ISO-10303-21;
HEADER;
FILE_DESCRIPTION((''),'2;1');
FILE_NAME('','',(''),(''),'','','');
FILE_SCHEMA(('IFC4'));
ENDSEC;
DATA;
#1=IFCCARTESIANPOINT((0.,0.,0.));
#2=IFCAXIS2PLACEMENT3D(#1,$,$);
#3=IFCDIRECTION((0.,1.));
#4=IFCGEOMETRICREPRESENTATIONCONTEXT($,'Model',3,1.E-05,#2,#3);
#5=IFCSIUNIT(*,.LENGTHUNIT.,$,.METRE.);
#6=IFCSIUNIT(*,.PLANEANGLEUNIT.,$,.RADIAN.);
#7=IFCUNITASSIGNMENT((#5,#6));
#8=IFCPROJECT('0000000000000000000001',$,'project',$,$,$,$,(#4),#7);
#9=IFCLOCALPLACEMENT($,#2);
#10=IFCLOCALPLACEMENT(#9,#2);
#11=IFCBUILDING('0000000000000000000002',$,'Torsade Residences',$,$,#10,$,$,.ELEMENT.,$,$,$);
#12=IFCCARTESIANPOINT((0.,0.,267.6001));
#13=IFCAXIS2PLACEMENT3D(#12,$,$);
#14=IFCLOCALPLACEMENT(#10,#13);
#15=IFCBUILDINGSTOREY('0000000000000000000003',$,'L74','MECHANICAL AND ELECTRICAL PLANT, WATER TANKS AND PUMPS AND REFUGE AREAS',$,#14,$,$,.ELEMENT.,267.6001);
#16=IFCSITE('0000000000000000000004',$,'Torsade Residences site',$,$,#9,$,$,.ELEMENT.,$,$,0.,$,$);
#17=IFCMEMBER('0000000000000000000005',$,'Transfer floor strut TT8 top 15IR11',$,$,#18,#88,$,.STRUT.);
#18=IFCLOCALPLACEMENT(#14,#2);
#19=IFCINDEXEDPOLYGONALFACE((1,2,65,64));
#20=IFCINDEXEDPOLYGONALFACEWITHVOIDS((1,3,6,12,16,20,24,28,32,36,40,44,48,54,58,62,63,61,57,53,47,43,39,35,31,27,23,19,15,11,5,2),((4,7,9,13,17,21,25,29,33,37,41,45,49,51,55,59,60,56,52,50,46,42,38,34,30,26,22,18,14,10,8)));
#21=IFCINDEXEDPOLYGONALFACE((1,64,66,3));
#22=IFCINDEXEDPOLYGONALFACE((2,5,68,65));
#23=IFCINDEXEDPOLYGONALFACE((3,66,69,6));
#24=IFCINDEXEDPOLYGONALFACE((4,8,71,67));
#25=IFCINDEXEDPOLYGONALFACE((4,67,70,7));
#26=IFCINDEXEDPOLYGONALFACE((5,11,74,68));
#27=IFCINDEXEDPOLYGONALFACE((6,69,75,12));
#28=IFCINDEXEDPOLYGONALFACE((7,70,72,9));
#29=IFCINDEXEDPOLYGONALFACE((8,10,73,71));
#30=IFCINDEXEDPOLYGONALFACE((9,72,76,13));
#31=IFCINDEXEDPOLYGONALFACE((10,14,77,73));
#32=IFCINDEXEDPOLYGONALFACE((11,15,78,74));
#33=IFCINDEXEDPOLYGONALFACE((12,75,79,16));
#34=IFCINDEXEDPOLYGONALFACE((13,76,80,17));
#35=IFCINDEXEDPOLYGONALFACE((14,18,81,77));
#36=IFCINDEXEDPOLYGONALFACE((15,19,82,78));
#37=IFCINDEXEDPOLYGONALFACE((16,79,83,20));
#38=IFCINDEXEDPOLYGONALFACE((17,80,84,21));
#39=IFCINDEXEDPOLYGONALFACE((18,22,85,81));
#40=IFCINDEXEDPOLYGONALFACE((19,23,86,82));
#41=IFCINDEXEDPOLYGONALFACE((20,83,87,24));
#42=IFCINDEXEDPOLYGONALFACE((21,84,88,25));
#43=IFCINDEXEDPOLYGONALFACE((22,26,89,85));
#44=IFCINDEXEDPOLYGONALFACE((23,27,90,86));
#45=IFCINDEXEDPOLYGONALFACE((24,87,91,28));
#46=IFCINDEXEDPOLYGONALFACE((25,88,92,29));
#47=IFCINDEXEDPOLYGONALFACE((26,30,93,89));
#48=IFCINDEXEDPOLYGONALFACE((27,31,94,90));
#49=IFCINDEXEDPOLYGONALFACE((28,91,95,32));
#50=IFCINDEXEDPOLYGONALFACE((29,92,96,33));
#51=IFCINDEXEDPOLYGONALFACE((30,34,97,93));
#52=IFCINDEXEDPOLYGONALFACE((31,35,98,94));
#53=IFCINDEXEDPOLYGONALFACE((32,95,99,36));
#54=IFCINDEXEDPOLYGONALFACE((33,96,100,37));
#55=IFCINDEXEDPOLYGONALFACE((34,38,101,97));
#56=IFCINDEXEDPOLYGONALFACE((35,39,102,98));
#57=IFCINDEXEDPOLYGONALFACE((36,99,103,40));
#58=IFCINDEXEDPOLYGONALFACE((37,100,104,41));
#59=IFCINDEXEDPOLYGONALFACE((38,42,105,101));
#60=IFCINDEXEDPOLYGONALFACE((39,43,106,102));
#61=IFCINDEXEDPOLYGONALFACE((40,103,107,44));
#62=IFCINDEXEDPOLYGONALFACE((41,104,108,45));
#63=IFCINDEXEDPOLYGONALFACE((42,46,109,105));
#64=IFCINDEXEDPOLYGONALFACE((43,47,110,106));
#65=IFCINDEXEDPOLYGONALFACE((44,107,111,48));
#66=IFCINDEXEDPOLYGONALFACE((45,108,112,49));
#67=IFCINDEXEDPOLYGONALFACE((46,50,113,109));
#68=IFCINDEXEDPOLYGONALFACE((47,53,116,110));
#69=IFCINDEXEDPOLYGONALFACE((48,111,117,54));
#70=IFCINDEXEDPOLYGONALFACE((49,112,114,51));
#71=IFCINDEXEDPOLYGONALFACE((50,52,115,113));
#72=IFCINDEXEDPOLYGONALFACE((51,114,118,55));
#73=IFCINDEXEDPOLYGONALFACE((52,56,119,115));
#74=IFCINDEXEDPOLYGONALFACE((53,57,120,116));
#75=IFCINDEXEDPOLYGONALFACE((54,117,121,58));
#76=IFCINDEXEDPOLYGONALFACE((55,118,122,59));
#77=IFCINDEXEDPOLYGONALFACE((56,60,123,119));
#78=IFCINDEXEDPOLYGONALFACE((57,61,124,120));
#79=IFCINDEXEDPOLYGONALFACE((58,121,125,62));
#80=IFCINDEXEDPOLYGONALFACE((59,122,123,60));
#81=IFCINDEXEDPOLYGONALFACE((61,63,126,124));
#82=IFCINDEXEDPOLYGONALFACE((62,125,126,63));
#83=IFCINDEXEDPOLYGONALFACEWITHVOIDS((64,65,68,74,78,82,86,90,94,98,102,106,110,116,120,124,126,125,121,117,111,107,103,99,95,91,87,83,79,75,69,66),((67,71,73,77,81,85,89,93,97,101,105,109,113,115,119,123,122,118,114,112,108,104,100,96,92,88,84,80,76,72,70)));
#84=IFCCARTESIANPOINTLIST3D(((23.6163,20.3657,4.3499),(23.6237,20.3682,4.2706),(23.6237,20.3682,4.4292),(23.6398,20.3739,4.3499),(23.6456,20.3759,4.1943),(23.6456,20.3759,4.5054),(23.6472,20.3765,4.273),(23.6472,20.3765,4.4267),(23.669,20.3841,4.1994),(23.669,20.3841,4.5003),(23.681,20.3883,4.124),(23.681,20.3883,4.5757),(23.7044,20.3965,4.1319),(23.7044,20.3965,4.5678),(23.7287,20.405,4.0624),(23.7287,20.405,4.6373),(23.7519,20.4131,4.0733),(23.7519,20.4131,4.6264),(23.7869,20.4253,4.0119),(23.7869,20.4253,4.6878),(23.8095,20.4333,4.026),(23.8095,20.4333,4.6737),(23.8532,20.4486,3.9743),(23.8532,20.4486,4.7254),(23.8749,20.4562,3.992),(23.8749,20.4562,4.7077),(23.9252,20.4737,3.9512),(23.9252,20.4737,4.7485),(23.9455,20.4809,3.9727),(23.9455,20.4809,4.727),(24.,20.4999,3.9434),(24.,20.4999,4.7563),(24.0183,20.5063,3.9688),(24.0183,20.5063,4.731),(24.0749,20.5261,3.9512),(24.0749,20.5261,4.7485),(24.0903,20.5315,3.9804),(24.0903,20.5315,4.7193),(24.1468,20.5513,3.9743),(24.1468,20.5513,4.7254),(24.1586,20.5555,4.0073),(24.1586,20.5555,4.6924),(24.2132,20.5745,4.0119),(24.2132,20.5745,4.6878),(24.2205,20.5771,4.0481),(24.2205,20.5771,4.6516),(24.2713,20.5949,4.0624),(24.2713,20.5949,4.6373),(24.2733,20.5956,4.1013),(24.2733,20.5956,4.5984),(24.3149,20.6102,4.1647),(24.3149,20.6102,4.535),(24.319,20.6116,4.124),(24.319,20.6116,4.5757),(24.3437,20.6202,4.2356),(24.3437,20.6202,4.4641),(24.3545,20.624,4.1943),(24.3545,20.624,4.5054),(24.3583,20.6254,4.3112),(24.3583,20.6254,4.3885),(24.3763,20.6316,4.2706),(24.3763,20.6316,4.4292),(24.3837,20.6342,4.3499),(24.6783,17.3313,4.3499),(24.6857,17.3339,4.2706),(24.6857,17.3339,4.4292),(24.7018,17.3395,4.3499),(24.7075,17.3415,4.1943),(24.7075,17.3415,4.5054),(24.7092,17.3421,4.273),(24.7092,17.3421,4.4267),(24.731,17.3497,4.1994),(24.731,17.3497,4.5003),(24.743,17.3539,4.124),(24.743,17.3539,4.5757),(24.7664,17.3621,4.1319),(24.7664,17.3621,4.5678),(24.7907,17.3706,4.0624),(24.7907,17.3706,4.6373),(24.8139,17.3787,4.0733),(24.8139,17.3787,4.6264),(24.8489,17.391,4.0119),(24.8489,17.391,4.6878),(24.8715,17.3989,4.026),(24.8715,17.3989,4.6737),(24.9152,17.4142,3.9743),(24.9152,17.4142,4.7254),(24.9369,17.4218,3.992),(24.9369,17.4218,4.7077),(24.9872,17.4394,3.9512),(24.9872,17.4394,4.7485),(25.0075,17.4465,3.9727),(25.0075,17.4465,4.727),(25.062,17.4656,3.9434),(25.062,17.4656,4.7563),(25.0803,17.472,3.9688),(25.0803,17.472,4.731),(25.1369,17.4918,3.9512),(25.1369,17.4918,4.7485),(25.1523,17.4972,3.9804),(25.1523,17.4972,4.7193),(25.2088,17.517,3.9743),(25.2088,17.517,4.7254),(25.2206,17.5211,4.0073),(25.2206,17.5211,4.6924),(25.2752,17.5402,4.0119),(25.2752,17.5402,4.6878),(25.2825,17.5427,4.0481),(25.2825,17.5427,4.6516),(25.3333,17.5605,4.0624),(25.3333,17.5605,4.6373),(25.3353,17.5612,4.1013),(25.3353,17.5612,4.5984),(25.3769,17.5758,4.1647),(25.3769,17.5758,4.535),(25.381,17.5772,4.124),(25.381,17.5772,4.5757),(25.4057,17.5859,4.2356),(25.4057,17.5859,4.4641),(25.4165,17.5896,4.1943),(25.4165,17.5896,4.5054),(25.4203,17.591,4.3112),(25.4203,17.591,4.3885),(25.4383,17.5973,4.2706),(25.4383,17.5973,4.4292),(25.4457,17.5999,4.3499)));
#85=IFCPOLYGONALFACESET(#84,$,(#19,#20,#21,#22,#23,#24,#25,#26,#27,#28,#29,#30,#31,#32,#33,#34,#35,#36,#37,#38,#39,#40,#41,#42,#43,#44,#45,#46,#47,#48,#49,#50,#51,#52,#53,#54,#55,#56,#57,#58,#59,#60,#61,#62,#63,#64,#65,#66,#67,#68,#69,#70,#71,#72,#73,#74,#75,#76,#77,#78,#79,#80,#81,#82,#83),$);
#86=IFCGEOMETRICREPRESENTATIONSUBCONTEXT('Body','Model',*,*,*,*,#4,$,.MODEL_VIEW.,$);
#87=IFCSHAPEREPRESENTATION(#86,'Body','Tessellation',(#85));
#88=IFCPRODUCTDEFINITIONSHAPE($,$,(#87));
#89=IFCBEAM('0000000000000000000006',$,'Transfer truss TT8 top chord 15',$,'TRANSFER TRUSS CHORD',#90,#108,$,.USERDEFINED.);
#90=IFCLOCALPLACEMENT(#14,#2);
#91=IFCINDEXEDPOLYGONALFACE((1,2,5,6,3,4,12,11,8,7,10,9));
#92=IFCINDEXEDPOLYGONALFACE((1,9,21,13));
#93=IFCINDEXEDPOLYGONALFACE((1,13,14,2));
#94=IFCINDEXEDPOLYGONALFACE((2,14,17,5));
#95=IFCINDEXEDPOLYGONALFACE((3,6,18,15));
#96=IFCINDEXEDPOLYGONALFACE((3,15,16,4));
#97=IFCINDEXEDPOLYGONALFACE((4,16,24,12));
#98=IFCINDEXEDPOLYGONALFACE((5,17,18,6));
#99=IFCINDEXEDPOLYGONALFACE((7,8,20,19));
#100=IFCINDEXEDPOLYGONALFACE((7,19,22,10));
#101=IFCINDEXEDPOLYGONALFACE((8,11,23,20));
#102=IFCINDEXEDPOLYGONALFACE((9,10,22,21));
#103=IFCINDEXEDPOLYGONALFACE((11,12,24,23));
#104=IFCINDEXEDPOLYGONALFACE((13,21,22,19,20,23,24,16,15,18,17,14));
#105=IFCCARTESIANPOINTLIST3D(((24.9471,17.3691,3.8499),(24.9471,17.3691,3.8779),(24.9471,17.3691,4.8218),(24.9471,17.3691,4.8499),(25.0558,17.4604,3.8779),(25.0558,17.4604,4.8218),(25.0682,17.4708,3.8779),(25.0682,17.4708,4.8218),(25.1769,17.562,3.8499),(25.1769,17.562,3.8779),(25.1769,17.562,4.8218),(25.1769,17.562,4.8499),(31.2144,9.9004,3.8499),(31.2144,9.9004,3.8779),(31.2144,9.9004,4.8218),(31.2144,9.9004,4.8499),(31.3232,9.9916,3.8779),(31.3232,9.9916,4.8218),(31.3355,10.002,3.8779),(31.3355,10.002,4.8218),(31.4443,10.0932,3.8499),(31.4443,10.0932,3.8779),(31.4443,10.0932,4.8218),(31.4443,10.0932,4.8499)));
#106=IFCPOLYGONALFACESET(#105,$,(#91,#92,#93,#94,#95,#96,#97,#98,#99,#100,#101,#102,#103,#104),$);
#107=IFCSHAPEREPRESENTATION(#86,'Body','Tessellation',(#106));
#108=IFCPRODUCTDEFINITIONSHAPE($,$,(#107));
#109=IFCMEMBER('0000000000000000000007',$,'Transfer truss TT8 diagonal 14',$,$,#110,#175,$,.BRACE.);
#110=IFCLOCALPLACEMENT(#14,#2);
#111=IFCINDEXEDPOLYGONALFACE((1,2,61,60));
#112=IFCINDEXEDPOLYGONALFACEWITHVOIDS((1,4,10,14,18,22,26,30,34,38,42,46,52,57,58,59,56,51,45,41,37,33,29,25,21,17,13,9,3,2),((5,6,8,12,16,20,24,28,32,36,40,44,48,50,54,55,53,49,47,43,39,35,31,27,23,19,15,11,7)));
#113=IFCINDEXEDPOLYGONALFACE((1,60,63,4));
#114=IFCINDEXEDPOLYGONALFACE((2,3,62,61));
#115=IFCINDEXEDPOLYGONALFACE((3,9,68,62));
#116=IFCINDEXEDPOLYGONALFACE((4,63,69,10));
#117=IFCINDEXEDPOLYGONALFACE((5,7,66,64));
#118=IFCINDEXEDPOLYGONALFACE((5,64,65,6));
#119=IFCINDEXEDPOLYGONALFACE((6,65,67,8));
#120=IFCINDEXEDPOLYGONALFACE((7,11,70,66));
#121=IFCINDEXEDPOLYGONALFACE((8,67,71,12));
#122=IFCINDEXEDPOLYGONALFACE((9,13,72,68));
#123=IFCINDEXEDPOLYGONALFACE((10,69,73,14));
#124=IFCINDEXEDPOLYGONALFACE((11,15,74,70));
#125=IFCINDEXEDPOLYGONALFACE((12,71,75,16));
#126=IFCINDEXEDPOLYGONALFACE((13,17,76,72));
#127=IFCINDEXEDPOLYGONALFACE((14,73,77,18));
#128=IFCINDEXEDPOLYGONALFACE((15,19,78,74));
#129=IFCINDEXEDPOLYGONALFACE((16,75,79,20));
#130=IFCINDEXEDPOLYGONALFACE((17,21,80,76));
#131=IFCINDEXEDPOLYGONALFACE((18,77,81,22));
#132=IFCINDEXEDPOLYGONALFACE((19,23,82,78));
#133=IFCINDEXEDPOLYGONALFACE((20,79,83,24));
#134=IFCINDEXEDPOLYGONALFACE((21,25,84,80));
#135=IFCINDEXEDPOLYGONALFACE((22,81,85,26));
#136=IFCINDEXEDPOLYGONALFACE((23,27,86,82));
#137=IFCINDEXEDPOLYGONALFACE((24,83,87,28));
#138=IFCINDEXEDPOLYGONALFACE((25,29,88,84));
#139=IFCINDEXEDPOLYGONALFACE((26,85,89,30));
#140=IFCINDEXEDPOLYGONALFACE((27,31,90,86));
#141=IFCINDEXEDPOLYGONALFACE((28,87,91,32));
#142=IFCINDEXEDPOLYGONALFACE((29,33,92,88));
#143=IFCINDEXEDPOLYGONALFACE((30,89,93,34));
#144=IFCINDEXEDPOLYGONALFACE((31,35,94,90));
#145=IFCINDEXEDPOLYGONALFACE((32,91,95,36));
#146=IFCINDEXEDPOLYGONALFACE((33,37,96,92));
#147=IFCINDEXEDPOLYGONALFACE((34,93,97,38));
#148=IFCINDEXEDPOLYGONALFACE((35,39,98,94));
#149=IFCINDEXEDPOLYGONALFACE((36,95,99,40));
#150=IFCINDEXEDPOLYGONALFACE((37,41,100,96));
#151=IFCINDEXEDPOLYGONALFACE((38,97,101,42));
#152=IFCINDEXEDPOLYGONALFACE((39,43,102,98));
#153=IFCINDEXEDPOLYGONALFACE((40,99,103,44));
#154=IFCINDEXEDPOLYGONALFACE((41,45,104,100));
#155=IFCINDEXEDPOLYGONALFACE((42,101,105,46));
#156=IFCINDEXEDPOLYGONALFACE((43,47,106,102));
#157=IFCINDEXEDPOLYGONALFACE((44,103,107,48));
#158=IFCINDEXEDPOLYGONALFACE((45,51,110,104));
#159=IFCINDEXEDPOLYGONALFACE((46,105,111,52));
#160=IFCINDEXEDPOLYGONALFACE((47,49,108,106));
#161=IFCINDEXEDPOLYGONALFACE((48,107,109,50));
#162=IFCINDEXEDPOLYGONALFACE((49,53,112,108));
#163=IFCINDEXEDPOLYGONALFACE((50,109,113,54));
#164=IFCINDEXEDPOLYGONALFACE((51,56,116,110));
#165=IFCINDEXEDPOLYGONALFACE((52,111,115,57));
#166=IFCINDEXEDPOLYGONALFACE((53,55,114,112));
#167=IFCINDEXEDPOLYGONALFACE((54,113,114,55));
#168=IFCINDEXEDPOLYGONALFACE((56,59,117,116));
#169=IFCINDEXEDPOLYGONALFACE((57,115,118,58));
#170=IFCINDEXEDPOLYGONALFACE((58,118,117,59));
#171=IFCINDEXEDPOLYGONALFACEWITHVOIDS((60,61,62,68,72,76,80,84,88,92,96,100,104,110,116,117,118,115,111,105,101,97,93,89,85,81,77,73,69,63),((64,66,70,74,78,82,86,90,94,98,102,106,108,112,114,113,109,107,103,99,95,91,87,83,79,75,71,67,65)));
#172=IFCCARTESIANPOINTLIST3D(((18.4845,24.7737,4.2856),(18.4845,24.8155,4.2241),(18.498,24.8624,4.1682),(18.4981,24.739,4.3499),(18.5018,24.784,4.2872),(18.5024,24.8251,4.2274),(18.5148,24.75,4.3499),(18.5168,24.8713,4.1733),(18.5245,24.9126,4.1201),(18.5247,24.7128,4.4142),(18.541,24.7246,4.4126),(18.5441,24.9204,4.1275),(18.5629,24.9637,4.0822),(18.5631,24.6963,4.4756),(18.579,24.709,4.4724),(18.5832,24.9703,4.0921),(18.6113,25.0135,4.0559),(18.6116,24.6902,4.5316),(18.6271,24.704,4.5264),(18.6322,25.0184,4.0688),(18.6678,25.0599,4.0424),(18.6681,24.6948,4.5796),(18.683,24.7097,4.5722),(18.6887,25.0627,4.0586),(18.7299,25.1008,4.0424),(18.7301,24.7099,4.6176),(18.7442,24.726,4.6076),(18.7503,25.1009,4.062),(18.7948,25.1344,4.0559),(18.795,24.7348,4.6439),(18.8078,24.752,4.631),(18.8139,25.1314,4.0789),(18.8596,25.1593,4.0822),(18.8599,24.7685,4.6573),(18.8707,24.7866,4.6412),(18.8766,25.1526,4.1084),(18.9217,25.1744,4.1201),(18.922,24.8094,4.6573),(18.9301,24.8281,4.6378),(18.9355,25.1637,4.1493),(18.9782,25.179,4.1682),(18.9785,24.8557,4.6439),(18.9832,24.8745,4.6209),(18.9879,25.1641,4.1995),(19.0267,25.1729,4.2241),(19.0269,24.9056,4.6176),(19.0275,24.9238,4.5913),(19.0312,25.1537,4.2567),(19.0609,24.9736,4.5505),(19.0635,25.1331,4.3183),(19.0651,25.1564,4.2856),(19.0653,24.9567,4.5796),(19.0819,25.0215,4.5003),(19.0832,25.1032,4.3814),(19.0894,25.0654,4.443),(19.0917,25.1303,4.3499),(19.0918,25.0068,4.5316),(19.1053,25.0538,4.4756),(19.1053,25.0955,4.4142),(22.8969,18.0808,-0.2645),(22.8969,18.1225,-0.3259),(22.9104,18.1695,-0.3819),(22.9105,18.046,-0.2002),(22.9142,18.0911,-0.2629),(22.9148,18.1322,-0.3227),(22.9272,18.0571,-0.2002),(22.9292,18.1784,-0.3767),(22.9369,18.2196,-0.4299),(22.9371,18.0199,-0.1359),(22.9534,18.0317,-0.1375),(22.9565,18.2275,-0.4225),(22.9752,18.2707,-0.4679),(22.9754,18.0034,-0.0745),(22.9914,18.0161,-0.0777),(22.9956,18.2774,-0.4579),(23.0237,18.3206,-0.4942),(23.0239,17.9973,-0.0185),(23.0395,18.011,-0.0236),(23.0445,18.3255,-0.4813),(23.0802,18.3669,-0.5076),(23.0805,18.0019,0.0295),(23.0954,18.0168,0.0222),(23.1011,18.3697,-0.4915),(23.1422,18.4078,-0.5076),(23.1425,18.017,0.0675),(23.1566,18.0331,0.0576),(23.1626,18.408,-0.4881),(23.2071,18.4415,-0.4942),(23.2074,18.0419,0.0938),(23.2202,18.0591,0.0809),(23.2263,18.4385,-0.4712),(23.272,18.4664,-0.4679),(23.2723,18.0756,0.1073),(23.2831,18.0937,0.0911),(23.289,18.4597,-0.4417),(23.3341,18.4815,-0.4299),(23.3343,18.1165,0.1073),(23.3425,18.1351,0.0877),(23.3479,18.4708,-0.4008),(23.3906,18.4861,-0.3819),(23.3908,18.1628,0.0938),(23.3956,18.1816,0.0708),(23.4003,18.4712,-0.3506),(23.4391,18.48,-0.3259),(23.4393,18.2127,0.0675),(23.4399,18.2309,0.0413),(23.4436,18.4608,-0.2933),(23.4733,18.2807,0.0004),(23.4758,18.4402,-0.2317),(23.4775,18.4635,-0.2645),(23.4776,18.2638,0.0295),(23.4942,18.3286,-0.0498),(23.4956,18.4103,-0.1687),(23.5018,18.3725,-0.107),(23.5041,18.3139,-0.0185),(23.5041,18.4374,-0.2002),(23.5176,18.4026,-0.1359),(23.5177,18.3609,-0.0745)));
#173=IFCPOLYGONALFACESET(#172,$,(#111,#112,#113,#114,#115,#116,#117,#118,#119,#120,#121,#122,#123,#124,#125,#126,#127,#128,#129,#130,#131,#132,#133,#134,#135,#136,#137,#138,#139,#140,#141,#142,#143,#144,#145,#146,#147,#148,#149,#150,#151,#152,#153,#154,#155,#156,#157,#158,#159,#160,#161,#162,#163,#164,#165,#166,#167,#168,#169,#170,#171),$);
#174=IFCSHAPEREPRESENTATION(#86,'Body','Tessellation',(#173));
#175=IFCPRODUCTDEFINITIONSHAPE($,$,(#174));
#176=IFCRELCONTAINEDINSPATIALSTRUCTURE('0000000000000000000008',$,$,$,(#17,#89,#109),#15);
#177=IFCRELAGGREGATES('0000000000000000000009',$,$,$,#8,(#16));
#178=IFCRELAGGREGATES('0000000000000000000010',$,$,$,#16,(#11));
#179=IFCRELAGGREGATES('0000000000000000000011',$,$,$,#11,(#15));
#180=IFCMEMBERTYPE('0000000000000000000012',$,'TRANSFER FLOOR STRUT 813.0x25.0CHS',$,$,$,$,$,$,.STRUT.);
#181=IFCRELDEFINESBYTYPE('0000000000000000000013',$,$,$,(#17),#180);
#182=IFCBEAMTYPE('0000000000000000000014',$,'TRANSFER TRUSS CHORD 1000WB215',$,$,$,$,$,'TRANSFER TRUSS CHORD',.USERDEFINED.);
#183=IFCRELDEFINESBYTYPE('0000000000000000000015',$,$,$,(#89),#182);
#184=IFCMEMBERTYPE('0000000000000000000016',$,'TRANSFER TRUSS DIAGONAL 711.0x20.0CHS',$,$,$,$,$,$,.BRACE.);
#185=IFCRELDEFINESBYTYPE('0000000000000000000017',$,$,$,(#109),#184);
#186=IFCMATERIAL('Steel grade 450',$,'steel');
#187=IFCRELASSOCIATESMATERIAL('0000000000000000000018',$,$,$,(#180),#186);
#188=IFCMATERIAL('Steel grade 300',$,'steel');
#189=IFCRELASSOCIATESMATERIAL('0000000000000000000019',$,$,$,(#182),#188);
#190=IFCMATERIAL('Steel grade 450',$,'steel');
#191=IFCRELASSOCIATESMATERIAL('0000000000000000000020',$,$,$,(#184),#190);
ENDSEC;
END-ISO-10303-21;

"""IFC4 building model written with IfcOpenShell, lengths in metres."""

from ifc_helpers import new_model, si_unit, direction, frame, origin, origin_2d, place, context, subcontext, project, spatial, hollow_circle, i_section, extrude, material, material_profile, profile_set, type_object, element, save


model = new_model("IFC4")

# Units and contexts
model_context = context("Model", 3, precision=1e-05, world=origin(), true_north=direction((0.0, 1.0)))
body_context = subcontext(model_context, "Body", "Model", "MODEL_VIEW")
ifc_project = project(units=[si_unit("LENGTHUNIT", "METRE"), si_unit("PLANEANGLEUNIT", "RADIAN")], contexts=[model_context])

# Site, building, storey
site_placement = place(None, origin())
site = spatial("IfcSite", under=ifc_project, at=site_placement, Name="Torsade Residences site", CompositionType="ELEMENT", RefElevation=0.0)
building_placement = place(site_placement, origin())
building = spatial("IfcBuilding", under=site, at=building_placement, Name="Torsade Residences", CompositionType="ELEMENT")
storey_placement = place(building_placement, frame((0.0, 0.0, 267.6001)))
storey = spatial("IfcBuildingStorey", under=building, at=storey_placement, Name="L74", Description="MECHANICAL AND ELECTRICAL PLANT, WATER TANKS AND PUMPS AND REFUGE AREAS", CompositionType="ELEMENT", Elevation=267.6001)

# Member
ifc_material_1 = material(Name="Steel grade 450", Category="steel")
ifc_material_profile_1 = material_profile(ifc_material_1, hollow_circle(Radius=0.4065, WallThickness=0.0249, at=origin_2d()), Name="813.0x25.0CHS")
ifc_profile_set_1 = profile_set([ifc_material_profile_1], Name="Steel grade 450")
member_type_1 = type_object("IfcMemberType", Name="TRANSFER FLOOR STRUT 813.0x25.0CHS", PredefinedType="STRUT", material=ifc_profile_set_1)
member_1_placement = place(storey_placement, frame((25.062, 17.4656, 4.3499), z_axis=(-0.33034, 0.943862, 0.0), x_axis=(-0.943862, -0.33034, 0.0)))
element("IfcMember", 1, at=member_1_placement, inside=storey, type_object=member_type_1, Name="Transfer floor strut TT8 top 15IR11", PredefinedType="STRUT", context=body_context, shape_type="SweptSolid", body=[
    extrude(hollow_circle(Radius=0.4065, WallThickness=0.0249, at=origin_2d()), origin(), (0.0, 0.0, 1.0), 3.2148),
])

# Beam
ifc_material_2 = material(Name="Steel grade 300", Category="steel")
ifc_material_profile_2 = material_profile(ifc_material_2, i_section(OverallWidth=0.3, OverallDepth=1.0, WebThickness=0.0161, FlangeThickness=0.0281, at=origin_2d()), Name="1000WB215")
ifc_profile_set_2 = profile_set([ifc_material_profile_2], Name="Steel grade 300")
beam_type_1 = type_object("IfcBeamType", Name="TRANSFER TRUSS CHORD 1000WB215", ElementType="TRANSFER TRUSS CHORD", PredefinedType="USERDEFINED", material=ifc_profile_set_2)
beam_1_placement = place(storey_placement, frame((25.062, 17.4656, 4.3499), z_axis=(0.642806, -0.766029, 0.0), x_axis=(0.766029, 0.642806, 0.0)))
element("IfcBeam", 2, at=beam_1_placement, inside=storey, type_object=beam_type_1, Name="Transfer truss TT8 top chord 15", ObjectType="TRANSFER TRUSS CHORD", PredefinedType="USERDEFINED", context=body_context, shape_type="SweptSolid", body=[
    extrude(i_section(OverallWidth=0.3, OverallDepth=1.0, WebThickness=0.0161, FlangeThickness=0.0281, at=origin_2d()), origin(), (0.0, 0.0, 1.0), 9.75),
])

# Member
ifc_material_3 = material(Name="Steel grade 450", Category="steel")
ifc_material_profile_3 = material_profile(ifc_material_3, hollow_circle(Radius=0.3555, WallThickness=0.02, at=origin_2d()), Name="711.0x20.0CHS")
ifc_profile_set_3 = profile_set([ifc_material_profile_3], Name="Steel grade 450")
member_type_2 = type_object("IfcMemberType", Name="TRANSFER TRUSS DIAGONAL 711.0x20.0CHS", PredefinedType="BRACE", material=ifc_profile_set_3)
member_2_placement = place(storey_placement, frame((23.2073, 18.2417, -0.2002), z_axis=(-0.478682, 0.726088, 0.49362), x_axis=(-0.834893, -0.550413, 0.0)))
element("IfcMember", 3, at=member_2_placement, inside=storey, type_object=member_type_2, Name="Transfer truss TT8 diagonal 14", PredefinedType="BRACE", context=body_context, shape_type="SweptSolid", body=[
    extrude(hollow_circle(Radius=0.3555, WallThickness=0.02, at=origin_2d()), origin(), (0.0, 0.0, 1.0), 9.2178),
])

save(model, "model.ifc")
